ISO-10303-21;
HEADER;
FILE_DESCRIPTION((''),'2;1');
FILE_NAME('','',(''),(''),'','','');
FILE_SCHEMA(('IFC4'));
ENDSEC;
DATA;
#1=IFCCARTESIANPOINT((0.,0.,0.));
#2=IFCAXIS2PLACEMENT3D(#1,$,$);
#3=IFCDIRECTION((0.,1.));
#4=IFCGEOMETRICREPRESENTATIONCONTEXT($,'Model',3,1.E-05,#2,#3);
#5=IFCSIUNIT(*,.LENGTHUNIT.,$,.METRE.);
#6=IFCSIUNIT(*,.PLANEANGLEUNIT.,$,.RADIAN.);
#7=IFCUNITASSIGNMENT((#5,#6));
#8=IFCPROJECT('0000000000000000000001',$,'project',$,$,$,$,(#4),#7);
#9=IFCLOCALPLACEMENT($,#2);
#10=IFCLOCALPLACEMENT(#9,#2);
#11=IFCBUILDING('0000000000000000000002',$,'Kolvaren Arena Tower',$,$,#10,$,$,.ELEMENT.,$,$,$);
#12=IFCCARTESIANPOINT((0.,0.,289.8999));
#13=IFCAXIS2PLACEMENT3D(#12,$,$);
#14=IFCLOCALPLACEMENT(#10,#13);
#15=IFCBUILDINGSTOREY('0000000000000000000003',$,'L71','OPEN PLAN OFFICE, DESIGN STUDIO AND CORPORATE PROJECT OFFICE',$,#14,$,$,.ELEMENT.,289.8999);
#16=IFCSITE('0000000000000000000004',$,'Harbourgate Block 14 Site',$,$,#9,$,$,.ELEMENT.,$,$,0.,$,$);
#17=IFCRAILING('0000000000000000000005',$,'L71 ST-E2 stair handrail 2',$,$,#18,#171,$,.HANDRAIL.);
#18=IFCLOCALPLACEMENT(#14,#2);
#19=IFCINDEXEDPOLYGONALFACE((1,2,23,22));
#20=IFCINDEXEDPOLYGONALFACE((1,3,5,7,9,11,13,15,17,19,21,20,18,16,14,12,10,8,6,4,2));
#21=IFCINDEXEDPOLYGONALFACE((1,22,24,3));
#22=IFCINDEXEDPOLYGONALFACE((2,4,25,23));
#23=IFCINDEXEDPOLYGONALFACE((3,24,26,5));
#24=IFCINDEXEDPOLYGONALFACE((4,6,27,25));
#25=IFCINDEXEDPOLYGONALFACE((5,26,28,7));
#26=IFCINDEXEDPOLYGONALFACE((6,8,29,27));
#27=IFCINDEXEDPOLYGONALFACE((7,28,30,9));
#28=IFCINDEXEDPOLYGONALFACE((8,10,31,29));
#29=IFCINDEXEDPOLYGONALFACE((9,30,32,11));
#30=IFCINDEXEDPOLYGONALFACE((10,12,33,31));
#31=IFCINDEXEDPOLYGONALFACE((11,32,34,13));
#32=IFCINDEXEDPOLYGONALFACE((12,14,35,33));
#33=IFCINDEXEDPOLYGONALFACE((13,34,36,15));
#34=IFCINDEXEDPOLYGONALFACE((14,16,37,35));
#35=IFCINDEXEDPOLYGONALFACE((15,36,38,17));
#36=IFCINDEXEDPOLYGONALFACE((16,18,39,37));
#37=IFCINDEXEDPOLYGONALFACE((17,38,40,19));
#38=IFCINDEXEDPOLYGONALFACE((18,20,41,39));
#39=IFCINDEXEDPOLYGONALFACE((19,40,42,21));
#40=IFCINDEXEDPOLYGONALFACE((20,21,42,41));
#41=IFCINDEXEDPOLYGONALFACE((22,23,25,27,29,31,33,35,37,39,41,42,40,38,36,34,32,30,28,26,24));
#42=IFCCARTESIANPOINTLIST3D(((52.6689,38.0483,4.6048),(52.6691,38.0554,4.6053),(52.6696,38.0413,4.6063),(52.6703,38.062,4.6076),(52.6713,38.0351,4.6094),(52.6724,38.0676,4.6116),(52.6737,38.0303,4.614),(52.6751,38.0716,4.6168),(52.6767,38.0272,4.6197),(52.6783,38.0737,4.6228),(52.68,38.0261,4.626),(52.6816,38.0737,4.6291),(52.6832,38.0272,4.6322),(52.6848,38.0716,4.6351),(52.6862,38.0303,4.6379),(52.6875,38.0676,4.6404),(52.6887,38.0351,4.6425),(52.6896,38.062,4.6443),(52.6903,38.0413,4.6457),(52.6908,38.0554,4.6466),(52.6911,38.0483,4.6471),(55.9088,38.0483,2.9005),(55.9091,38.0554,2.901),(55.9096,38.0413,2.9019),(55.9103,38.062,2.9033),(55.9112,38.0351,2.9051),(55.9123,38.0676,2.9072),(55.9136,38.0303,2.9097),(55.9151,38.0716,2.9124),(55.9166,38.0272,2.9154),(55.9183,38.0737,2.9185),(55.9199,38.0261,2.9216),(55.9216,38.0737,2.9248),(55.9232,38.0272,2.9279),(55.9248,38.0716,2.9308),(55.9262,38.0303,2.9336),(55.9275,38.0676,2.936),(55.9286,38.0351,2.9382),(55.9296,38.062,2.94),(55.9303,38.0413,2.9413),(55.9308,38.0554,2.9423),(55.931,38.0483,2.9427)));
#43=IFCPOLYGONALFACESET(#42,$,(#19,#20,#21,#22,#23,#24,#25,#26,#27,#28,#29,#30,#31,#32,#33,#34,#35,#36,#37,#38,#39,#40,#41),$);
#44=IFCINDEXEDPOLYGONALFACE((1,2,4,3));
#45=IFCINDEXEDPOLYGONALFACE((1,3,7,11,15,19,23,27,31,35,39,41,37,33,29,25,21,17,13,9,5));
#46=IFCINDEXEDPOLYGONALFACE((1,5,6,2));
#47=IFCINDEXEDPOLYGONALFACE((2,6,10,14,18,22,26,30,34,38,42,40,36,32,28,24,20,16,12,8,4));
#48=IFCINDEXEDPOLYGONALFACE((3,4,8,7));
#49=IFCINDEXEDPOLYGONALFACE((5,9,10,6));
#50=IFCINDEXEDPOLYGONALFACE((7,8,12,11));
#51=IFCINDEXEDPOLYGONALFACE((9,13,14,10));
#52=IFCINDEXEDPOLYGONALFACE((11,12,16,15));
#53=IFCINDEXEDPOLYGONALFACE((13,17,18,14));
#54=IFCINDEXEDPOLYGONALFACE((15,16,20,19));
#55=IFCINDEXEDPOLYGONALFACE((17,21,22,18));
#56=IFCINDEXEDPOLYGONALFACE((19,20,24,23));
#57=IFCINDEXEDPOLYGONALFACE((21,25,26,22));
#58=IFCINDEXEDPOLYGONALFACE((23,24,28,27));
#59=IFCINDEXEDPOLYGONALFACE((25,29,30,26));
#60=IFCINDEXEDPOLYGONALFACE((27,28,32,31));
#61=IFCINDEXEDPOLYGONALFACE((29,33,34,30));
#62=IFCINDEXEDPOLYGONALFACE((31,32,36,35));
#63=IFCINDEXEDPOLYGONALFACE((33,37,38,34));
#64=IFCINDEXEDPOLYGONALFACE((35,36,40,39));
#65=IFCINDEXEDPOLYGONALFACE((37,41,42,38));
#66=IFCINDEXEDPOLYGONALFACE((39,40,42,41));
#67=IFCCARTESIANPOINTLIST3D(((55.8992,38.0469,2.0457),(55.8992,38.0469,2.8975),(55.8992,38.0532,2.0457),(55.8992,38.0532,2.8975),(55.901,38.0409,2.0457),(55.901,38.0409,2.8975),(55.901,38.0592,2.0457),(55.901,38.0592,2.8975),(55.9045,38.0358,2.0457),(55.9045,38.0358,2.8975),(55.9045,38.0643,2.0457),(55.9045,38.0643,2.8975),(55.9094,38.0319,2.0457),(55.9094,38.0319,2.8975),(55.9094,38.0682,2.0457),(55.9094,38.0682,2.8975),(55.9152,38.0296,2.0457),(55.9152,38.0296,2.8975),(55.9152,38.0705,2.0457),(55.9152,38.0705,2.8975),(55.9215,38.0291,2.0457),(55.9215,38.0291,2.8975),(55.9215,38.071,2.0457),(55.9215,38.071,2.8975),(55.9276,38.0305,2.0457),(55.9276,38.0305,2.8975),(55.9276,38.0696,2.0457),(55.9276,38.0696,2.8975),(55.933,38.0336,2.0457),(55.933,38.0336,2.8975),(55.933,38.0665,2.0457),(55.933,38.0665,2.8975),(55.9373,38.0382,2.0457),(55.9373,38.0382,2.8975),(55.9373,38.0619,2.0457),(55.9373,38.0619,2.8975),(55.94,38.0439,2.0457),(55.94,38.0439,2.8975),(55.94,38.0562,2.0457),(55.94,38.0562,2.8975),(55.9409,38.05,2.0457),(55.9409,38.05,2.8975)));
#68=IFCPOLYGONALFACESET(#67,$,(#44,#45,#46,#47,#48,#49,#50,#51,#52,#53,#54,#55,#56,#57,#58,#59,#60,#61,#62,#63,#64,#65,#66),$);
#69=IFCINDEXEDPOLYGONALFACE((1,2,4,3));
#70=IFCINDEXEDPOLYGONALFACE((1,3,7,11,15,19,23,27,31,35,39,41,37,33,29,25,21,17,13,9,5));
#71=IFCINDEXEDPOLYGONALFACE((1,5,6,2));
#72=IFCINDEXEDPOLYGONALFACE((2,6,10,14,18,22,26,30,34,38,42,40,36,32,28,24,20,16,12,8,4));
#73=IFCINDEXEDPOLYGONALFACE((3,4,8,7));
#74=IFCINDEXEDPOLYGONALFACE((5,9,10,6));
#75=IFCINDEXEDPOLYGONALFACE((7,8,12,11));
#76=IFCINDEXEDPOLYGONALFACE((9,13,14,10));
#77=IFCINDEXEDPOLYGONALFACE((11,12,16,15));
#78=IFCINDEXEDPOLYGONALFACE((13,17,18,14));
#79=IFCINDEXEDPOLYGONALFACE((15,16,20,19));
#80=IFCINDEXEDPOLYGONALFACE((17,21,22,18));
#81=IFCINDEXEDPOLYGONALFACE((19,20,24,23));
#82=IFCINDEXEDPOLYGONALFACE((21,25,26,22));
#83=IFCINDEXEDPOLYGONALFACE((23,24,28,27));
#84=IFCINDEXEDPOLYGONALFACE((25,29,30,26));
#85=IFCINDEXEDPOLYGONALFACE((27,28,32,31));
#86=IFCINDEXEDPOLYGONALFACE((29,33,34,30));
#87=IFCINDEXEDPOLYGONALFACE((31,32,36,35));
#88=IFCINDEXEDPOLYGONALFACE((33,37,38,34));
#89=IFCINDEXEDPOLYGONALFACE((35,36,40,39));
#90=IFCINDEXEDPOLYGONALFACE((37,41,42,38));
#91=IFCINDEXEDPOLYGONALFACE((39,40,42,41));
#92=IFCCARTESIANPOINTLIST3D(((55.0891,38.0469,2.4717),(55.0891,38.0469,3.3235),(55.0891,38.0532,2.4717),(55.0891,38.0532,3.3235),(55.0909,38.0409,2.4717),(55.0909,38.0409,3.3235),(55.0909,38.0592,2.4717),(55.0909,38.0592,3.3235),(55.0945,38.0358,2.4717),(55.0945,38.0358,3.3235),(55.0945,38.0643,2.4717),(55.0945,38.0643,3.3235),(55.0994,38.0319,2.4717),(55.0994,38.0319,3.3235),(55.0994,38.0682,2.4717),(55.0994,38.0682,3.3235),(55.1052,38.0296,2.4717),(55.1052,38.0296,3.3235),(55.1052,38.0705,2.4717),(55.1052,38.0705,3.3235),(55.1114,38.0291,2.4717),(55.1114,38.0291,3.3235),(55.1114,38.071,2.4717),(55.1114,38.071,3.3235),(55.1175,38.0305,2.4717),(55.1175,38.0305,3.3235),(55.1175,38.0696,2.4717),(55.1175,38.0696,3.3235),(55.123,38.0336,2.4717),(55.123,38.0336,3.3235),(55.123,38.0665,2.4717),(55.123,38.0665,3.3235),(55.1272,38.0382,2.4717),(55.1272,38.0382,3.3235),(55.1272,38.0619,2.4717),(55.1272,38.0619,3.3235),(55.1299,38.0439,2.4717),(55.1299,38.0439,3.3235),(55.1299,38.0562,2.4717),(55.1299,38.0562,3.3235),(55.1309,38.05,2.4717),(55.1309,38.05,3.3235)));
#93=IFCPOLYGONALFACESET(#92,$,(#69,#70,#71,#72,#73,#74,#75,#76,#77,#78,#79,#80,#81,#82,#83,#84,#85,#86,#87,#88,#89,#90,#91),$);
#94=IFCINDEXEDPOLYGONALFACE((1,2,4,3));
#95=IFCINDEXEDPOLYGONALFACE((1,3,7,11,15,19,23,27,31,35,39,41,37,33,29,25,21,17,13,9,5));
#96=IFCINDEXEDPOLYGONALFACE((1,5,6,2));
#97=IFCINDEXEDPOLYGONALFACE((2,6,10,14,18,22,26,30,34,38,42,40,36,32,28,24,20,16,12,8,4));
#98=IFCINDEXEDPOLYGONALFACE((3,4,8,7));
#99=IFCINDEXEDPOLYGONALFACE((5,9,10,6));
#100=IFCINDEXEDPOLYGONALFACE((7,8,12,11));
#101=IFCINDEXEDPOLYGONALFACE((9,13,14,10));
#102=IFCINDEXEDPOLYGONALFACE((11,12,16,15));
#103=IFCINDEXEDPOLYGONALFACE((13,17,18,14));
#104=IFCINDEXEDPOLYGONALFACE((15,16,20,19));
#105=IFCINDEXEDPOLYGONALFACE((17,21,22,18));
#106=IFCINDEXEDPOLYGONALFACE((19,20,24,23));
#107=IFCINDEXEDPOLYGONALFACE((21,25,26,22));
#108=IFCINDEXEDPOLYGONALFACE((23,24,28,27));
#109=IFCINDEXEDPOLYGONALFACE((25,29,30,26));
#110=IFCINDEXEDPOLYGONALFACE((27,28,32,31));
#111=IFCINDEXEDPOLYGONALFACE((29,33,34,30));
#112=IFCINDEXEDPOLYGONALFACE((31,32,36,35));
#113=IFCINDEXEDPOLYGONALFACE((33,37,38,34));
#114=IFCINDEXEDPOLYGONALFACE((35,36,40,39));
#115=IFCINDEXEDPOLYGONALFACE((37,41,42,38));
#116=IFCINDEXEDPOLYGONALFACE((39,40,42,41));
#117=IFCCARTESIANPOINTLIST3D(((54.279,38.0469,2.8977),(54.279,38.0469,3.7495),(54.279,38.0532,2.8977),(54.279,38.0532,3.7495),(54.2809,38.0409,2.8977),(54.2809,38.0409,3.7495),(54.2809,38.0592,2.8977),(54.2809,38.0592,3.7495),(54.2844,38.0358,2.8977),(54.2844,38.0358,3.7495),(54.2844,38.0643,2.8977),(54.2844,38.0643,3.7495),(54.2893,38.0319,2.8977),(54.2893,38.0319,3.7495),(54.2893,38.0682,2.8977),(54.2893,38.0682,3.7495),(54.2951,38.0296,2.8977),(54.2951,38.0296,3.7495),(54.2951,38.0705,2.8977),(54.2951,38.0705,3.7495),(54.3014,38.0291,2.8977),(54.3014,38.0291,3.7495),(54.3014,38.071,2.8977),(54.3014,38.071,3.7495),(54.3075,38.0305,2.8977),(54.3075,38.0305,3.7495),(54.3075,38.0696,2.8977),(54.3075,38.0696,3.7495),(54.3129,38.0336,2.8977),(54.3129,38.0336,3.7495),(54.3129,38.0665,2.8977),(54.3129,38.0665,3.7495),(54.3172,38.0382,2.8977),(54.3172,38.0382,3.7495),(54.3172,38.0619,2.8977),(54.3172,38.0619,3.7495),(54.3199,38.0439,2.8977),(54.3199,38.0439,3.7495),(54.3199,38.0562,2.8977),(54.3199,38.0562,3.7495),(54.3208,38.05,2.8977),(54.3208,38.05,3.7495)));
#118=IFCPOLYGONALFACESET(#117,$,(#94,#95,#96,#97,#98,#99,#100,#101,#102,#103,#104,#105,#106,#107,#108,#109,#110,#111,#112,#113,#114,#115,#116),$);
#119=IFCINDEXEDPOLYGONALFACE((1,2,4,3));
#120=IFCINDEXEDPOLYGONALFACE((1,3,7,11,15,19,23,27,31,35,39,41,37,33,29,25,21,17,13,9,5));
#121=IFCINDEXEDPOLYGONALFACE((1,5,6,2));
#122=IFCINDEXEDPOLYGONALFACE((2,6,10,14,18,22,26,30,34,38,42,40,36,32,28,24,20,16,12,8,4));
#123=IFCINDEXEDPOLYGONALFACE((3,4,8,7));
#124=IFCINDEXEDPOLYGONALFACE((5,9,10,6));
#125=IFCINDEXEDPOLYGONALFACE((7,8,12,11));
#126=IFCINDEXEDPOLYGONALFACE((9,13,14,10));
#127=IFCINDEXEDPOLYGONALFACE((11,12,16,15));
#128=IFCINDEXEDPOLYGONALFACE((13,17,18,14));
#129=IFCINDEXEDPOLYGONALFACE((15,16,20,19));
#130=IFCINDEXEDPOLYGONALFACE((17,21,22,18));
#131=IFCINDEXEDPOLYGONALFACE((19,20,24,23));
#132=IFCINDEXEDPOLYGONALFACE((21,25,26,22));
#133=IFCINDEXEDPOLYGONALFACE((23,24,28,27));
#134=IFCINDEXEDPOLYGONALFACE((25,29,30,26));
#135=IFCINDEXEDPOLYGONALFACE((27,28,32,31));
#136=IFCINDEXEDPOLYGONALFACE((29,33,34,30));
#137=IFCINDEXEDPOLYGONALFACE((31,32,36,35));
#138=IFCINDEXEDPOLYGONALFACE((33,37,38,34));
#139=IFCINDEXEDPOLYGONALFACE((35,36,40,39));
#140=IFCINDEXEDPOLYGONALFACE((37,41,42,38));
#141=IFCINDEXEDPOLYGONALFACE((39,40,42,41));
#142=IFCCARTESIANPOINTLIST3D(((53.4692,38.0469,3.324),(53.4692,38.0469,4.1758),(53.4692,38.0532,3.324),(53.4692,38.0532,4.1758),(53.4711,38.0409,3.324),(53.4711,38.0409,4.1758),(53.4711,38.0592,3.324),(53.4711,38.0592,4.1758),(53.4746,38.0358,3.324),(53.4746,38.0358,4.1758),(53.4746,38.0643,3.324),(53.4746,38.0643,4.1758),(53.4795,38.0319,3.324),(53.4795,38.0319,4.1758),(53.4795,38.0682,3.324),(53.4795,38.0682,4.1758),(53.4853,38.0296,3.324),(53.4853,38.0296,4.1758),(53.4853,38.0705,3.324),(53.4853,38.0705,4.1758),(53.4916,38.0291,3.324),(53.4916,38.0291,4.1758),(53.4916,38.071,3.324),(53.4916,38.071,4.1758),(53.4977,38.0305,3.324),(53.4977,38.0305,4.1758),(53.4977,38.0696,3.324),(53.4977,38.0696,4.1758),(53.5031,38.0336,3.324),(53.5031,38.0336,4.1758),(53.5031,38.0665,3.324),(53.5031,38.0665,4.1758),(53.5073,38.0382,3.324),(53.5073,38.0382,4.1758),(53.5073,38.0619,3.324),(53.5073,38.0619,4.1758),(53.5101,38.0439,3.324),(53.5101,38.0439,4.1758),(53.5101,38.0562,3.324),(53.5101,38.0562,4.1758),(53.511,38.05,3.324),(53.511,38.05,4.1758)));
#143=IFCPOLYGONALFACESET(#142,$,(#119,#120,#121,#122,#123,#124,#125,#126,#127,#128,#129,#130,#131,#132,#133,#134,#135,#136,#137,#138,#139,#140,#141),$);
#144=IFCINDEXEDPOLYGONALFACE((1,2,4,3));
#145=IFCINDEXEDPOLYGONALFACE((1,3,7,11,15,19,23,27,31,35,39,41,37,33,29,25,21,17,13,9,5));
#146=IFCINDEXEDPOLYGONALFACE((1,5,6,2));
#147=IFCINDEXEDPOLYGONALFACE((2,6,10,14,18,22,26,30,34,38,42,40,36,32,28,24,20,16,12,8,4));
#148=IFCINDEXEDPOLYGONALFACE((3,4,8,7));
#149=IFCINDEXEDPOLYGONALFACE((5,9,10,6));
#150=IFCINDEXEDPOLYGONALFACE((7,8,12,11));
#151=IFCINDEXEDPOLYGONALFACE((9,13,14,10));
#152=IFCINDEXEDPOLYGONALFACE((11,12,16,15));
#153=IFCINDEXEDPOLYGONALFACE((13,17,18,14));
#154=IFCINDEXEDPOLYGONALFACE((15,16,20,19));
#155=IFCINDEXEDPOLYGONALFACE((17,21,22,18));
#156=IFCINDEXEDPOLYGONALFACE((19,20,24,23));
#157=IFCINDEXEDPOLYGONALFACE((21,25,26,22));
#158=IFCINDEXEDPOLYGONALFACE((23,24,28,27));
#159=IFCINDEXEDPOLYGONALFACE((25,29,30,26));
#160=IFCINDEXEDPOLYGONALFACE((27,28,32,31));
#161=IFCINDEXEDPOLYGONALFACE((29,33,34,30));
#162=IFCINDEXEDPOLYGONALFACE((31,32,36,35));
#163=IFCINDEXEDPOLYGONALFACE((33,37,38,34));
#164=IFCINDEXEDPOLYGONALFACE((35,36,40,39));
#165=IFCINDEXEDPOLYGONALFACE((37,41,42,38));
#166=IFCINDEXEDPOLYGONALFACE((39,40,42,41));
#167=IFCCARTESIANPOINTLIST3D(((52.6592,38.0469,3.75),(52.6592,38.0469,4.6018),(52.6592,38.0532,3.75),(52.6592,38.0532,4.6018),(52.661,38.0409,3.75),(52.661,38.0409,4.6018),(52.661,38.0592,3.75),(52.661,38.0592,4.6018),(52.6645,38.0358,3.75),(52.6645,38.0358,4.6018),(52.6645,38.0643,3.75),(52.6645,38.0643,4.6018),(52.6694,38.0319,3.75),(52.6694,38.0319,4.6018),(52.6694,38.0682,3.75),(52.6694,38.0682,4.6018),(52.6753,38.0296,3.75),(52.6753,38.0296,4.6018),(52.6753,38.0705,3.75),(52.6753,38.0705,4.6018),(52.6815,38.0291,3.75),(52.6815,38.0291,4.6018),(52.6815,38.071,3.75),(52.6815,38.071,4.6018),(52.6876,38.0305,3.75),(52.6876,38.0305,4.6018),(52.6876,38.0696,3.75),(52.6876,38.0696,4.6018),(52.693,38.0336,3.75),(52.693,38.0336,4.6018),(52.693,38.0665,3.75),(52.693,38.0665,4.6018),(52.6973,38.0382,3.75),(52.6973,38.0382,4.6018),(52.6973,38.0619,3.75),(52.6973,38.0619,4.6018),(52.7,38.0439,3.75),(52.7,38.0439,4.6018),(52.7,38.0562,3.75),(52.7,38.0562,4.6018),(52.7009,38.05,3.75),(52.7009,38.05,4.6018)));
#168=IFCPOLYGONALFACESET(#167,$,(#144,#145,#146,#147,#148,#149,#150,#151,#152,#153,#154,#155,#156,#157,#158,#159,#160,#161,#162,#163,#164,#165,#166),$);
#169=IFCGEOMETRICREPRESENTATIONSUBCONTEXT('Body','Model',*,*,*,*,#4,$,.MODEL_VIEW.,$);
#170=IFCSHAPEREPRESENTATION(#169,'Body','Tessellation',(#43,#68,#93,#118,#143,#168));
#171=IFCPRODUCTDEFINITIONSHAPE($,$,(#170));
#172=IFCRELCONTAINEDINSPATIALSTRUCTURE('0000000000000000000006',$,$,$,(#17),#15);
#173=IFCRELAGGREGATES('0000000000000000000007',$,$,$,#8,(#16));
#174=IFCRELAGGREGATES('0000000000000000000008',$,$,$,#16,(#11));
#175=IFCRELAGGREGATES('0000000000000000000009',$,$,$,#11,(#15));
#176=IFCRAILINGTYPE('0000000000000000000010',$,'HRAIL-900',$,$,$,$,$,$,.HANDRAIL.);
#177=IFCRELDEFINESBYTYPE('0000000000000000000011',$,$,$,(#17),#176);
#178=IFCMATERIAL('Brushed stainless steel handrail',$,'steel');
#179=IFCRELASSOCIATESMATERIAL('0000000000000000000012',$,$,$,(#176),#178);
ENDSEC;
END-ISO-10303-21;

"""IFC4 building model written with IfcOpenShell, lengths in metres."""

from ifc_helpers import new_model, si_unit, direction, frame, origin, origin_2d, place, context, subcontext, project, spatial, circle, extrude, material, type_object, element, save


model = new_model("IFC4")

# Units and contexts
model_context = context("Model", 3, precision=1e-05, world=origin(), true_north=direction((0.0, 1.0)))
body_context = subcontext(model_context, "Body", "Model", "MODEL_VIEW")
ifc_project = project(units=[si_unit("LENGTHUNIT", "METRE"), si_unit("PLANEANGLEUNIT", "RADIAN")], contexts=[model_context])

# Site, building, storey
site_placement = place(None, origin())
site = spatial("IfcSite", under=ifc_project, at=site_placement, Name="Harbourgate Block 14 Site", CompositionType="ELEMENT", RefElevation=0.0)
building_placement = place(site_placement, origin())
building = spatial("IfcBuilding", under=site, at=building_placement, Name="Kolvaren Arena Tower", CompositionType="ELEMENT")
storey_placement = place(building_placement, frame((0.0, 0.0, 289.8999)))
storey = spatial("IfcBuildingStorey", under=building, at=storey_placement, Name="L71", Description="OPEN PLAN OFFICE, DESIGN STUDIO AND CORPORATE PROJECT OFFICE", CompositionType="ELEMENT", Elevation=289.8999)

# Railing
ifc_material_1 = material(Name="Brushed stainless steel handrail", Category="steel")
railing_type = type_object("IfcRailingType", Name="HRAIL-900", PredefinedType="HANDRAIL", material=ifc_material_1)
railing_placement = place(storey_placement, frame((55.9199, 38.05, 2.0457)))
element("IfcRailing", 1, at=railing_placement, inside=storey, type_object=railing_type, Name="L71 ST-E2 stair handrail 2", PredefinedType="HANDRAIL", context=body_context, shape_type="SweptSolid", body=[
    extrude(circle(Radius=0.0239, at=origin_2d()), frame((0.0, 0.0, 0.876), z_axis=(-0.885021, 0.0, 0.465551), x_axis=(0.0, -1.0, 0.0)), (0.0, 0.0, 1.0), 3.6609),
    extrude(circle(Radius=0.021, at=origin_2d()), origin(), (0.0, 0.0, 1.0), 0.8518),
    extrude(circle(Radius=0.021, at=origin_2d()), frame((-0.8101, 0.0, 0.426)), (0.0, 0.0, 1.0), 0.8518),
    extrude(circle(Radius=0.021, at=origin_2d()), frame((-1.6201, 0.0, 0.8521)), (0.0, 0.0, 1.0), 0.8518),
    extrude(circle(Radius=0.021, at=origin_2d()), frame((-2.4299, 0.0, 1.2783)), (0.0, 0.0, 1.0), 0.8518),
    extrude(circle(Radius=0.021, at=origin_2d()), frame((-3.24, 0.0, 1.7043)), (0.0, 0.0, 1.0), 0.8518),
])

save(model, "model.ifc")
